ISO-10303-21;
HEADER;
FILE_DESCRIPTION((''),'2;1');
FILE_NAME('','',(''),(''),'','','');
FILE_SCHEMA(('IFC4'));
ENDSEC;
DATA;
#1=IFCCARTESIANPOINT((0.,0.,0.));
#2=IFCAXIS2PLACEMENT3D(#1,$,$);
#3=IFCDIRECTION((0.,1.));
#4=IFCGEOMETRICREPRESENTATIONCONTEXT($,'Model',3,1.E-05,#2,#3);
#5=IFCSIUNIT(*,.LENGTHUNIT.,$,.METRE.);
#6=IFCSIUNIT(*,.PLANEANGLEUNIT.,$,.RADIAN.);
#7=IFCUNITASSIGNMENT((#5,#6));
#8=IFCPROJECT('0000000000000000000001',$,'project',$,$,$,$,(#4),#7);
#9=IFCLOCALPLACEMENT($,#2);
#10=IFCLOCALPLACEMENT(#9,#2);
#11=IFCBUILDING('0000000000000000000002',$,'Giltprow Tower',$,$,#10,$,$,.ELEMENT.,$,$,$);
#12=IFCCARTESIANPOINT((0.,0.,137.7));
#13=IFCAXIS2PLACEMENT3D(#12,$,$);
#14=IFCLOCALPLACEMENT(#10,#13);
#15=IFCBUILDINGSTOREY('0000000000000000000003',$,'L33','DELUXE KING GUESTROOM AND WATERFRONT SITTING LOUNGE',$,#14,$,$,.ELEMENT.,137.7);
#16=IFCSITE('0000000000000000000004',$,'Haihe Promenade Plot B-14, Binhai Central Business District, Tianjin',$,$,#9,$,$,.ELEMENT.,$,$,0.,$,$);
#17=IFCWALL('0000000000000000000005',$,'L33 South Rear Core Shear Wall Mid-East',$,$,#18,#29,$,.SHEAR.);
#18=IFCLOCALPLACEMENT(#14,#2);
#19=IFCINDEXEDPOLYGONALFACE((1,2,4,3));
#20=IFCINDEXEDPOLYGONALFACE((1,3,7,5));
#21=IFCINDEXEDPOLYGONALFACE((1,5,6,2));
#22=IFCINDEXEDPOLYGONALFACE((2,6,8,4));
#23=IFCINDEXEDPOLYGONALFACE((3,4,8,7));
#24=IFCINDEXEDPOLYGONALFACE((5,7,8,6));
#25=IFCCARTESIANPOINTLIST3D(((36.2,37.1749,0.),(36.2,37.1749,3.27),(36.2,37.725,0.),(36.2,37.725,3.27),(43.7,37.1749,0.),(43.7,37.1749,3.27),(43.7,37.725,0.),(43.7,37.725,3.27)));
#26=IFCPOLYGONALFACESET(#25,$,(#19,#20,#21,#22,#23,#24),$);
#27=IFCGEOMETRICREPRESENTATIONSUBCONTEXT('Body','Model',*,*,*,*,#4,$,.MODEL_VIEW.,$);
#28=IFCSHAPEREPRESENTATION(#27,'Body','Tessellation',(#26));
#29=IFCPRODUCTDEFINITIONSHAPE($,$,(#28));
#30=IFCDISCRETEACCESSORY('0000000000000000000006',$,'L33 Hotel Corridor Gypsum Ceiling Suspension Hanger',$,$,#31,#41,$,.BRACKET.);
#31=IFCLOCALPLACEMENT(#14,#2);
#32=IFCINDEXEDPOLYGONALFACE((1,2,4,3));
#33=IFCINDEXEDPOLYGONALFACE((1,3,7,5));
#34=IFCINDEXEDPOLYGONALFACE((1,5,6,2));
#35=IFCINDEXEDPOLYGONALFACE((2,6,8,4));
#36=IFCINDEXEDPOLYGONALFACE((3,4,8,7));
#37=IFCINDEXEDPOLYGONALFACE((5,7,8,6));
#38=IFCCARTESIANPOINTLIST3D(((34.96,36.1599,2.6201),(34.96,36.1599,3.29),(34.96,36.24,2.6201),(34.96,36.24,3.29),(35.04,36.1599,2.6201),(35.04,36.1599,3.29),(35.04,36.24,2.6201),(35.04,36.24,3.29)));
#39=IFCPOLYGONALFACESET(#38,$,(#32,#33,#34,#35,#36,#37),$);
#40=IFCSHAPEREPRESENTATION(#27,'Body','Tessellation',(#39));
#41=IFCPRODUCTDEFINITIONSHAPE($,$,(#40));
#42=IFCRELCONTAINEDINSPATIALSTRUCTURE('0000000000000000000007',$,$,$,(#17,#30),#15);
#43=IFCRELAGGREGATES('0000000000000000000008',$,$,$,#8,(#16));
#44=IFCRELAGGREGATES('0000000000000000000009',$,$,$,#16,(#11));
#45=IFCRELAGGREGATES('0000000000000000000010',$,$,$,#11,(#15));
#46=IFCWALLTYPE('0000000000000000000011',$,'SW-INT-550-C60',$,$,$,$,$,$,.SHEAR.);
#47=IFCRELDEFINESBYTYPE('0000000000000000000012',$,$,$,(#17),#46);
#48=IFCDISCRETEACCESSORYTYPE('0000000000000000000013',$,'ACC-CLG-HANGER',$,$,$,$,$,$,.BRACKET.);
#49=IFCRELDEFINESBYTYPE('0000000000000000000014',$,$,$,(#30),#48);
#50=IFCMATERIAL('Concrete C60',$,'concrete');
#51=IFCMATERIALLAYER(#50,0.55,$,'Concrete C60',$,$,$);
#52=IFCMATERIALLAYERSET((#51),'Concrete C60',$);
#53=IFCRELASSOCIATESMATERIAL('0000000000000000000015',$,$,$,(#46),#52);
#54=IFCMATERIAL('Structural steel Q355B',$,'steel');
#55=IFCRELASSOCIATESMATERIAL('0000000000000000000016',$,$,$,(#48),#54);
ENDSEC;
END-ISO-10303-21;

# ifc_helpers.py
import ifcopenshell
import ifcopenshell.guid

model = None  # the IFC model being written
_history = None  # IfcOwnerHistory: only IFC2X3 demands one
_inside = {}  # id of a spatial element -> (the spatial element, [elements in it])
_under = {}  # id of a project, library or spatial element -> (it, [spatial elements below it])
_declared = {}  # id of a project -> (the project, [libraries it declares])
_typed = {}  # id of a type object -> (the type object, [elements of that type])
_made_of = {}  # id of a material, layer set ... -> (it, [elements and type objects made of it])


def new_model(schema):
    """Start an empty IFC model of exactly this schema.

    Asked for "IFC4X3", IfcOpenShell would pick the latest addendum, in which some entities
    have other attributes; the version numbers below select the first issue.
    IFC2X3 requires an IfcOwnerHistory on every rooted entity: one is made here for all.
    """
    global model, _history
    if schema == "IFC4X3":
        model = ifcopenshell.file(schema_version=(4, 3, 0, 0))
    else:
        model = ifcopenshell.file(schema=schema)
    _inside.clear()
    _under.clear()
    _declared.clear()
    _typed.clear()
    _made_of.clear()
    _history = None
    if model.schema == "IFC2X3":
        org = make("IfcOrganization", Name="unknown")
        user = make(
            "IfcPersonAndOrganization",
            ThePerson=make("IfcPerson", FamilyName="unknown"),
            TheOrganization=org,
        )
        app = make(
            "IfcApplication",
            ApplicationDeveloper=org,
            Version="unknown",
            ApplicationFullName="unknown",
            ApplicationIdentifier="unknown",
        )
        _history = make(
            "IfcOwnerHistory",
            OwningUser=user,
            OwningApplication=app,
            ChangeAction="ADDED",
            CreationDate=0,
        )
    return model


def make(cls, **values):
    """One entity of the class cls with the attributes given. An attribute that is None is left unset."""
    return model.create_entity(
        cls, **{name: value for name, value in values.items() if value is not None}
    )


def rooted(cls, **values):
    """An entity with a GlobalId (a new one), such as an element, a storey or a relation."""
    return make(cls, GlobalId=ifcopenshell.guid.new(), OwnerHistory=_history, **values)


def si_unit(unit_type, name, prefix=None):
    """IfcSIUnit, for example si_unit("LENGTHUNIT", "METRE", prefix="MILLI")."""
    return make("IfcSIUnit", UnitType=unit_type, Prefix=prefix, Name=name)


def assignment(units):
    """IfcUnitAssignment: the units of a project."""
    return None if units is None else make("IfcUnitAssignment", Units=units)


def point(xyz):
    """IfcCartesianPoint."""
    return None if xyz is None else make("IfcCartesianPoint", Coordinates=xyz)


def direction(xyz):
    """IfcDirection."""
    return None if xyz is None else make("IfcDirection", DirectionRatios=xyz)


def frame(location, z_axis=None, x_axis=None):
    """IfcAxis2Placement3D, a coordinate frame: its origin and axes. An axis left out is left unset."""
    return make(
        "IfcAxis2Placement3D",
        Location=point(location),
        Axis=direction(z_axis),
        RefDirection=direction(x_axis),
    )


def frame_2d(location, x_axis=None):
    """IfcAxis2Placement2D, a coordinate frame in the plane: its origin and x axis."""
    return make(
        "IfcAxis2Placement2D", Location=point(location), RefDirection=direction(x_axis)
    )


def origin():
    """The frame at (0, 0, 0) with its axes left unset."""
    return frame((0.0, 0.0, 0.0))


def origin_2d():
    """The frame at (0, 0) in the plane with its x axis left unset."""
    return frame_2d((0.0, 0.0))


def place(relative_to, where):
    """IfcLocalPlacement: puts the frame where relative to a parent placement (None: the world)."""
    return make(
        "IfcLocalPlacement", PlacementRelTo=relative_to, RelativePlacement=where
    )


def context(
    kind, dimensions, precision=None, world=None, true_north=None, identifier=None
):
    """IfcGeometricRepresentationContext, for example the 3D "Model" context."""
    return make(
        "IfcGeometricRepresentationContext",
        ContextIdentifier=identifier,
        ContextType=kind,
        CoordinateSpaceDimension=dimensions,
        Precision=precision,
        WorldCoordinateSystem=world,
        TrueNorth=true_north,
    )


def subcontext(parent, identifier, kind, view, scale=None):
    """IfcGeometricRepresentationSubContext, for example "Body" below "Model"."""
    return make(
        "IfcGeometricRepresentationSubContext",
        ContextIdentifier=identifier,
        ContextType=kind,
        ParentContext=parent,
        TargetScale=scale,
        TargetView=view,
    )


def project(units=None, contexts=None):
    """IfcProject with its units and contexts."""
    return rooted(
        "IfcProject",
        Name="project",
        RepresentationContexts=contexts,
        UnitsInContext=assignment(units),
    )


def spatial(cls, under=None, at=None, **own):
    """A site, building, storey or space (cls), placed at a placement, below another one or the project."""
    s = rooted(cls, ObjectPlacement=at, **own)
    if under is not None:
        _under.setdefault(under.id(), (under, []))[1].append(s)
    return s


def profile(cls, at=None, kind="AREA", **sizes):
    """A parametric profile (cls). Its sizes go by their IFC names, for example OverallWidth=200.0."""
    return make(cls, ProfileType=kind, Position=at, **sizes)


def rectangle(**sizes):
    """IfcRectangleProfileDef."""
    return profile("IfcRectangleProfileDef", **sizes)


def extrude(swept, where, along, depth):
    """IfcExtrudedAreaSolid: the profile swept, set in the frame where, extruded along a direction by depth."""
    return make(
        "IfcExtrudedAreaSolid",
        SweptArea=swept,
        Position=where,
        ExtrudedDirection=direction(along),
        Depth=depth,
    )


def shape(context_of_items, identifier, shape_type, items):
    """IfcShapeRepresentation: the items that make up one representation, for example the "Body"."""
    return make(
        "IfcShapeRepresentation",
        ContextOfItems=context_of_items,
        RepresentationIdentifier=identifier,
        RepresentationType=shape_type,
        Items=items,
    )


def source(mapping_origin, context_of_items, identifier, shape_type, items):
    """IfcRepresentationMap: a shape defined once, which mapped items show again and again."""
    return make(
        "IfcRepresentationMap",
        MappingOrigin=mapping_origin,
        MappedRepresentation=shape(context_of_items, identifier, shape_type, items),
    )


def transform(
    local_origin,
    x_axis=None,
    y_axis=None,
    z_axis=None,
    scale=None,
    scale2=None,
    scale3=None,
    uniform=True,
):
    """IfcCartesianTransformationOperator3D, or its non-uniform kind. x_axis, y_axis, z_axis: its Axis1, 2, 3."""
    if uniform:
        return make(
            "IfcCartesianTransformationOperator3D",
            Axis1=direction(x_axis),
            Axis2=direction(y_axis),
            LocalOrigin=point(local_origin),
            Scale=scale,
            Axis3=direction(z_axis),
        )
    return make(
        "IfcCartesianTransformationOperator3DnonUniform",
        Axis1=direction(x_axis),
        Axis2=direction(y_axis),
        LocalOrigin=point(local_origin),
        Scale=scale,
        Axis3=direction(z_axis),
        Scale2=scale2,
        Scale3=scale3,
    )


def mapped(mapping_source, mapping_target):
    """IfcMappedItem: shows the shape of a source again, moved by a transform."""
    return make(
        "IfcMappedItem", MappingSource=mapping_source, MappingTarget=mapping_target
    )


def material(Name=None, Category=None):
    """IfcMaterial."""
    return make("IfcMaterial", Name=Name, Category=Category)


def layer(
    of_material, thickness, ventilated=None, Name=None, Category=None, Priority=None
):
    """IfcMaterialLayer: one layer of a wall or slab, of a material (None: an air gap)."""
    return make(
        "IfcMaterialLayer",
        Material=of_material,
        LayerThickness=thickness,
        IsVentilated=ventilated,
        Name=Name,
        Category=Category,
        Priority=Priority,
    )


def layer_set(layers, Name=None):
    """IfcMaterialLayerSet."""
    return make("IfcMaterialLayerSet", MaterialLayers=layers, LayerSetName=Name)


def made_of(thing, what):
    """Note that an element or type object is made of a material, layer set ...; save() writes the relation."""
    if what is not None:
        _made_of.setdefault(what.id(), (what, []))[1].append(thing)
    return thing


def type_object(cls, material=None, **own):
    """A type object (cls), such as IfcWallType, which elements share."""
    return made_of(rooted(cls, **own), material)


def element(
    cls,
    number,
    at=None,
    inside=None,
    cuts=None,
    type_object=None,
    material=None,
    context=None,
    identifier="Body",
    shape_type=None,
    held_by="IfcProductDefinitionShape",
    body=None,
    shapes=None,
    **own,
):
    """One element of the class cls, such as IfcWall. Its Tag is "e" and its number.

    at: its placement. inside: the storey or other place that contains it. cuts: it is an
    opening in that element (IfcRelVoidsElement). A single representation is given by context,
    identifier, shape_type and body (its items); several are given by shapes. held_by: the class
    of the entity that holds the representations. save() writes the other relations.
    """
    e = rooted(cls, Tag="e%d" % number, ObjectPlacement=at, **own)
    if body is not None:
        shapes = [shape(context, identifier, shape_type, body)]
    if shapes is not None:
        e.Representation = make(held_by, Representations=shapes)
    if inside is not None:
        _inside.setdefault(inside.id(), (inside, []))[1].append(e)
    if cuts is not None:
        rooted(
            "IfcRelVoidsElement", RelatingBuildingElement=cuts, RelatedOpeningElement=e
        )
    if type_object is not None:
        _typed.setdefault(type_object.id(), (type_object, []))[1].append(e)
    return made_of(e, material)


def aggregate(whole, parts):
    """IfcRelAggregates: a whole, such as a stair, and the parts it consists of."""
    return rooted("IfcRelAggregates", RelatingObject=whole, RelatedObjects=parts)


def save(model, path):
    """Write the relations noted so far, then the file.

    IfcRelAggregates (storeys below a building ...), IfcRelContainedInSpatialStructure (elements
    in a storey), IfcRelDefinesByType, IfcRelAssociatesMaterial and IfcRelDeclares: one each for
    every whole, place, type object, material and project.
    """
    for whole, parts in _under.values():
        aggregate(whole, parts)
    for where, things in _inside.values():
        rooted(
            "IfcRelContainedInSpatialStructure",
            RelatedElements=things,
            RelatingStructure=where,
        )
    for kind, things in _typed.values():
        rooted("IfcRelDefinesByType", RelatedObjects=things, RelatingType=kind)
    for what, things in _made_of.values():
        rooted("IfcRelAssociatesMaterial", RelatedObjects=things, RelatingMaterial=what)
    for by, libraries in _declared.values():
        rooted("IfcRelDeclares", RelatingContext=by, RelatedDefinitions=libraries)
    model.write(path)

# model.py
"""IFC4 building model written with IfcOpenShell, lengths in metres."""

from ifc_helpers import new_model, si_unit, direction, frame, frame_2d, origin, origin_2d, place, context, subcontext, project, spatial, rectangle, extrude, source, transform, mapped, material, layer, layer_set, type_object, element, save


model = new_model("IFC4")

# Units and contexts
model_context = context("Model", 3, precision=1e-05, world=origin(), true_north=direction((0.0, 1.0)))
body_context = subcontext(model_context, "Body", "Model", "MODEL_VIEW")
ifc_project = project(units=[si_unit("LENGTHUNIT", "METRE"), si_unit("PLANEANGLEUNIT", "RADIAN")], contexts=[model_context])

# Site, building, storey
site_placement = place(None, origin())
site = spatial("IfcSite", under=ifc_project, at=site_placement, Name="Haihe Promenade Plot B-14, Binhai Central Business District, Tianjin", CompositionType="ELEMENT", RefElevation=0.0)
building_placement = place(site_placement, origin())
building = spatial("IfcBuilding", under=site, at=building_placement, Name="Giltprow Tower", CompositionType="ELEMENT")
storey_placement = place(building_placement, frame((0.0, 0.0, 137.7)))
storey = spatial("IfcBuildingStorey", under=building, at=storey_placement, Name="L33", Description="DELUXE KING GUESTROOM AND WATERFRONT SITTING LOUNGE", CompositionType="ELEMENT", Elevation=137.7)

# Shared definitions
ifc_material_1 = material(Name="Concrete C60", Category="concrete")

# Shared definitions
ifc_material_2 = material(Name="Structural steel Q355B", Category="steel")

# Wall
ifc_layer_1 = layer(ifc_material_1, 0.55, Name="Concrete C60")
ifc_layer_set_1 = layer_set([ifc_layer_1], Name="Concrete C60")
wall_type_1 = type_object("IfcWallType", Name="SW-INT-550-C60", PredefinedType="SHEAR", material=ifc_layer_set_1)
wall_1_placement = place(storey_placement, frame((36.2, 37.45, 0.0), z_axis=(0.0, 0.0, 1.0), x_axis=(1.0, 0.0, 0.0)))
element("IfcWall", 1, at=wall_1_placement, inside=storey, type_object=wall_type_1, Name="L33 South Rear Core Shear Wall Mid-East", PredefinedType="SHEAR", context=body_context, shape_type="SweptSolid", body=[
    extrude(rectangle(XDim=7.5, YDim=0.55, at=frame_2d((3.75, 0.0))), origin(), (0.0, 0.0, 1.0), 3.27),
])

# Discrete accessory
discrete_accessory_type = type_object("IfcDiscreteAccessoryType", Name="ACC-CLG-HANGER", PredefinedType="BRACKET", material=ifc_material_2)
shared_shape_1 = source(origin(), body_context, "Body", "SweptSolid", [
    extrude(rectangle(XDim=0.0801, YDim=0.0801, at=origin_2d()), origin(), (0.0, 0.0, 1.0), 0.6699),
])
discrete_accessory_placement = place(storey_placement, frame((35.0, 36.2, 2.6201), z_axis=(0.0, 0.0, 1.0), x_axis=(1.0, 0.0, 0.0)))
element("IfcDiscreteAccessory", 2, at=discrete_accessory_placement, inside=storey, type_object=discrete_accessory_type, Name="L33 Hotel Corridor Gypsum Ceiling Suspension Hanger", PredefinedType="BRACKET", context=body_context, shape_type="MappedRepresentation", body=[
    mapped(shared_shape_1, transform((0.0, 0.0, 0.0), x_axis=(1.0, 0.0, 0.0), y_axis=(0.0, 1.0, 0.0), z_axis=(0.0, 0.0, 1.0), scale=1.0)),
])

save(model, "model.ifc")
